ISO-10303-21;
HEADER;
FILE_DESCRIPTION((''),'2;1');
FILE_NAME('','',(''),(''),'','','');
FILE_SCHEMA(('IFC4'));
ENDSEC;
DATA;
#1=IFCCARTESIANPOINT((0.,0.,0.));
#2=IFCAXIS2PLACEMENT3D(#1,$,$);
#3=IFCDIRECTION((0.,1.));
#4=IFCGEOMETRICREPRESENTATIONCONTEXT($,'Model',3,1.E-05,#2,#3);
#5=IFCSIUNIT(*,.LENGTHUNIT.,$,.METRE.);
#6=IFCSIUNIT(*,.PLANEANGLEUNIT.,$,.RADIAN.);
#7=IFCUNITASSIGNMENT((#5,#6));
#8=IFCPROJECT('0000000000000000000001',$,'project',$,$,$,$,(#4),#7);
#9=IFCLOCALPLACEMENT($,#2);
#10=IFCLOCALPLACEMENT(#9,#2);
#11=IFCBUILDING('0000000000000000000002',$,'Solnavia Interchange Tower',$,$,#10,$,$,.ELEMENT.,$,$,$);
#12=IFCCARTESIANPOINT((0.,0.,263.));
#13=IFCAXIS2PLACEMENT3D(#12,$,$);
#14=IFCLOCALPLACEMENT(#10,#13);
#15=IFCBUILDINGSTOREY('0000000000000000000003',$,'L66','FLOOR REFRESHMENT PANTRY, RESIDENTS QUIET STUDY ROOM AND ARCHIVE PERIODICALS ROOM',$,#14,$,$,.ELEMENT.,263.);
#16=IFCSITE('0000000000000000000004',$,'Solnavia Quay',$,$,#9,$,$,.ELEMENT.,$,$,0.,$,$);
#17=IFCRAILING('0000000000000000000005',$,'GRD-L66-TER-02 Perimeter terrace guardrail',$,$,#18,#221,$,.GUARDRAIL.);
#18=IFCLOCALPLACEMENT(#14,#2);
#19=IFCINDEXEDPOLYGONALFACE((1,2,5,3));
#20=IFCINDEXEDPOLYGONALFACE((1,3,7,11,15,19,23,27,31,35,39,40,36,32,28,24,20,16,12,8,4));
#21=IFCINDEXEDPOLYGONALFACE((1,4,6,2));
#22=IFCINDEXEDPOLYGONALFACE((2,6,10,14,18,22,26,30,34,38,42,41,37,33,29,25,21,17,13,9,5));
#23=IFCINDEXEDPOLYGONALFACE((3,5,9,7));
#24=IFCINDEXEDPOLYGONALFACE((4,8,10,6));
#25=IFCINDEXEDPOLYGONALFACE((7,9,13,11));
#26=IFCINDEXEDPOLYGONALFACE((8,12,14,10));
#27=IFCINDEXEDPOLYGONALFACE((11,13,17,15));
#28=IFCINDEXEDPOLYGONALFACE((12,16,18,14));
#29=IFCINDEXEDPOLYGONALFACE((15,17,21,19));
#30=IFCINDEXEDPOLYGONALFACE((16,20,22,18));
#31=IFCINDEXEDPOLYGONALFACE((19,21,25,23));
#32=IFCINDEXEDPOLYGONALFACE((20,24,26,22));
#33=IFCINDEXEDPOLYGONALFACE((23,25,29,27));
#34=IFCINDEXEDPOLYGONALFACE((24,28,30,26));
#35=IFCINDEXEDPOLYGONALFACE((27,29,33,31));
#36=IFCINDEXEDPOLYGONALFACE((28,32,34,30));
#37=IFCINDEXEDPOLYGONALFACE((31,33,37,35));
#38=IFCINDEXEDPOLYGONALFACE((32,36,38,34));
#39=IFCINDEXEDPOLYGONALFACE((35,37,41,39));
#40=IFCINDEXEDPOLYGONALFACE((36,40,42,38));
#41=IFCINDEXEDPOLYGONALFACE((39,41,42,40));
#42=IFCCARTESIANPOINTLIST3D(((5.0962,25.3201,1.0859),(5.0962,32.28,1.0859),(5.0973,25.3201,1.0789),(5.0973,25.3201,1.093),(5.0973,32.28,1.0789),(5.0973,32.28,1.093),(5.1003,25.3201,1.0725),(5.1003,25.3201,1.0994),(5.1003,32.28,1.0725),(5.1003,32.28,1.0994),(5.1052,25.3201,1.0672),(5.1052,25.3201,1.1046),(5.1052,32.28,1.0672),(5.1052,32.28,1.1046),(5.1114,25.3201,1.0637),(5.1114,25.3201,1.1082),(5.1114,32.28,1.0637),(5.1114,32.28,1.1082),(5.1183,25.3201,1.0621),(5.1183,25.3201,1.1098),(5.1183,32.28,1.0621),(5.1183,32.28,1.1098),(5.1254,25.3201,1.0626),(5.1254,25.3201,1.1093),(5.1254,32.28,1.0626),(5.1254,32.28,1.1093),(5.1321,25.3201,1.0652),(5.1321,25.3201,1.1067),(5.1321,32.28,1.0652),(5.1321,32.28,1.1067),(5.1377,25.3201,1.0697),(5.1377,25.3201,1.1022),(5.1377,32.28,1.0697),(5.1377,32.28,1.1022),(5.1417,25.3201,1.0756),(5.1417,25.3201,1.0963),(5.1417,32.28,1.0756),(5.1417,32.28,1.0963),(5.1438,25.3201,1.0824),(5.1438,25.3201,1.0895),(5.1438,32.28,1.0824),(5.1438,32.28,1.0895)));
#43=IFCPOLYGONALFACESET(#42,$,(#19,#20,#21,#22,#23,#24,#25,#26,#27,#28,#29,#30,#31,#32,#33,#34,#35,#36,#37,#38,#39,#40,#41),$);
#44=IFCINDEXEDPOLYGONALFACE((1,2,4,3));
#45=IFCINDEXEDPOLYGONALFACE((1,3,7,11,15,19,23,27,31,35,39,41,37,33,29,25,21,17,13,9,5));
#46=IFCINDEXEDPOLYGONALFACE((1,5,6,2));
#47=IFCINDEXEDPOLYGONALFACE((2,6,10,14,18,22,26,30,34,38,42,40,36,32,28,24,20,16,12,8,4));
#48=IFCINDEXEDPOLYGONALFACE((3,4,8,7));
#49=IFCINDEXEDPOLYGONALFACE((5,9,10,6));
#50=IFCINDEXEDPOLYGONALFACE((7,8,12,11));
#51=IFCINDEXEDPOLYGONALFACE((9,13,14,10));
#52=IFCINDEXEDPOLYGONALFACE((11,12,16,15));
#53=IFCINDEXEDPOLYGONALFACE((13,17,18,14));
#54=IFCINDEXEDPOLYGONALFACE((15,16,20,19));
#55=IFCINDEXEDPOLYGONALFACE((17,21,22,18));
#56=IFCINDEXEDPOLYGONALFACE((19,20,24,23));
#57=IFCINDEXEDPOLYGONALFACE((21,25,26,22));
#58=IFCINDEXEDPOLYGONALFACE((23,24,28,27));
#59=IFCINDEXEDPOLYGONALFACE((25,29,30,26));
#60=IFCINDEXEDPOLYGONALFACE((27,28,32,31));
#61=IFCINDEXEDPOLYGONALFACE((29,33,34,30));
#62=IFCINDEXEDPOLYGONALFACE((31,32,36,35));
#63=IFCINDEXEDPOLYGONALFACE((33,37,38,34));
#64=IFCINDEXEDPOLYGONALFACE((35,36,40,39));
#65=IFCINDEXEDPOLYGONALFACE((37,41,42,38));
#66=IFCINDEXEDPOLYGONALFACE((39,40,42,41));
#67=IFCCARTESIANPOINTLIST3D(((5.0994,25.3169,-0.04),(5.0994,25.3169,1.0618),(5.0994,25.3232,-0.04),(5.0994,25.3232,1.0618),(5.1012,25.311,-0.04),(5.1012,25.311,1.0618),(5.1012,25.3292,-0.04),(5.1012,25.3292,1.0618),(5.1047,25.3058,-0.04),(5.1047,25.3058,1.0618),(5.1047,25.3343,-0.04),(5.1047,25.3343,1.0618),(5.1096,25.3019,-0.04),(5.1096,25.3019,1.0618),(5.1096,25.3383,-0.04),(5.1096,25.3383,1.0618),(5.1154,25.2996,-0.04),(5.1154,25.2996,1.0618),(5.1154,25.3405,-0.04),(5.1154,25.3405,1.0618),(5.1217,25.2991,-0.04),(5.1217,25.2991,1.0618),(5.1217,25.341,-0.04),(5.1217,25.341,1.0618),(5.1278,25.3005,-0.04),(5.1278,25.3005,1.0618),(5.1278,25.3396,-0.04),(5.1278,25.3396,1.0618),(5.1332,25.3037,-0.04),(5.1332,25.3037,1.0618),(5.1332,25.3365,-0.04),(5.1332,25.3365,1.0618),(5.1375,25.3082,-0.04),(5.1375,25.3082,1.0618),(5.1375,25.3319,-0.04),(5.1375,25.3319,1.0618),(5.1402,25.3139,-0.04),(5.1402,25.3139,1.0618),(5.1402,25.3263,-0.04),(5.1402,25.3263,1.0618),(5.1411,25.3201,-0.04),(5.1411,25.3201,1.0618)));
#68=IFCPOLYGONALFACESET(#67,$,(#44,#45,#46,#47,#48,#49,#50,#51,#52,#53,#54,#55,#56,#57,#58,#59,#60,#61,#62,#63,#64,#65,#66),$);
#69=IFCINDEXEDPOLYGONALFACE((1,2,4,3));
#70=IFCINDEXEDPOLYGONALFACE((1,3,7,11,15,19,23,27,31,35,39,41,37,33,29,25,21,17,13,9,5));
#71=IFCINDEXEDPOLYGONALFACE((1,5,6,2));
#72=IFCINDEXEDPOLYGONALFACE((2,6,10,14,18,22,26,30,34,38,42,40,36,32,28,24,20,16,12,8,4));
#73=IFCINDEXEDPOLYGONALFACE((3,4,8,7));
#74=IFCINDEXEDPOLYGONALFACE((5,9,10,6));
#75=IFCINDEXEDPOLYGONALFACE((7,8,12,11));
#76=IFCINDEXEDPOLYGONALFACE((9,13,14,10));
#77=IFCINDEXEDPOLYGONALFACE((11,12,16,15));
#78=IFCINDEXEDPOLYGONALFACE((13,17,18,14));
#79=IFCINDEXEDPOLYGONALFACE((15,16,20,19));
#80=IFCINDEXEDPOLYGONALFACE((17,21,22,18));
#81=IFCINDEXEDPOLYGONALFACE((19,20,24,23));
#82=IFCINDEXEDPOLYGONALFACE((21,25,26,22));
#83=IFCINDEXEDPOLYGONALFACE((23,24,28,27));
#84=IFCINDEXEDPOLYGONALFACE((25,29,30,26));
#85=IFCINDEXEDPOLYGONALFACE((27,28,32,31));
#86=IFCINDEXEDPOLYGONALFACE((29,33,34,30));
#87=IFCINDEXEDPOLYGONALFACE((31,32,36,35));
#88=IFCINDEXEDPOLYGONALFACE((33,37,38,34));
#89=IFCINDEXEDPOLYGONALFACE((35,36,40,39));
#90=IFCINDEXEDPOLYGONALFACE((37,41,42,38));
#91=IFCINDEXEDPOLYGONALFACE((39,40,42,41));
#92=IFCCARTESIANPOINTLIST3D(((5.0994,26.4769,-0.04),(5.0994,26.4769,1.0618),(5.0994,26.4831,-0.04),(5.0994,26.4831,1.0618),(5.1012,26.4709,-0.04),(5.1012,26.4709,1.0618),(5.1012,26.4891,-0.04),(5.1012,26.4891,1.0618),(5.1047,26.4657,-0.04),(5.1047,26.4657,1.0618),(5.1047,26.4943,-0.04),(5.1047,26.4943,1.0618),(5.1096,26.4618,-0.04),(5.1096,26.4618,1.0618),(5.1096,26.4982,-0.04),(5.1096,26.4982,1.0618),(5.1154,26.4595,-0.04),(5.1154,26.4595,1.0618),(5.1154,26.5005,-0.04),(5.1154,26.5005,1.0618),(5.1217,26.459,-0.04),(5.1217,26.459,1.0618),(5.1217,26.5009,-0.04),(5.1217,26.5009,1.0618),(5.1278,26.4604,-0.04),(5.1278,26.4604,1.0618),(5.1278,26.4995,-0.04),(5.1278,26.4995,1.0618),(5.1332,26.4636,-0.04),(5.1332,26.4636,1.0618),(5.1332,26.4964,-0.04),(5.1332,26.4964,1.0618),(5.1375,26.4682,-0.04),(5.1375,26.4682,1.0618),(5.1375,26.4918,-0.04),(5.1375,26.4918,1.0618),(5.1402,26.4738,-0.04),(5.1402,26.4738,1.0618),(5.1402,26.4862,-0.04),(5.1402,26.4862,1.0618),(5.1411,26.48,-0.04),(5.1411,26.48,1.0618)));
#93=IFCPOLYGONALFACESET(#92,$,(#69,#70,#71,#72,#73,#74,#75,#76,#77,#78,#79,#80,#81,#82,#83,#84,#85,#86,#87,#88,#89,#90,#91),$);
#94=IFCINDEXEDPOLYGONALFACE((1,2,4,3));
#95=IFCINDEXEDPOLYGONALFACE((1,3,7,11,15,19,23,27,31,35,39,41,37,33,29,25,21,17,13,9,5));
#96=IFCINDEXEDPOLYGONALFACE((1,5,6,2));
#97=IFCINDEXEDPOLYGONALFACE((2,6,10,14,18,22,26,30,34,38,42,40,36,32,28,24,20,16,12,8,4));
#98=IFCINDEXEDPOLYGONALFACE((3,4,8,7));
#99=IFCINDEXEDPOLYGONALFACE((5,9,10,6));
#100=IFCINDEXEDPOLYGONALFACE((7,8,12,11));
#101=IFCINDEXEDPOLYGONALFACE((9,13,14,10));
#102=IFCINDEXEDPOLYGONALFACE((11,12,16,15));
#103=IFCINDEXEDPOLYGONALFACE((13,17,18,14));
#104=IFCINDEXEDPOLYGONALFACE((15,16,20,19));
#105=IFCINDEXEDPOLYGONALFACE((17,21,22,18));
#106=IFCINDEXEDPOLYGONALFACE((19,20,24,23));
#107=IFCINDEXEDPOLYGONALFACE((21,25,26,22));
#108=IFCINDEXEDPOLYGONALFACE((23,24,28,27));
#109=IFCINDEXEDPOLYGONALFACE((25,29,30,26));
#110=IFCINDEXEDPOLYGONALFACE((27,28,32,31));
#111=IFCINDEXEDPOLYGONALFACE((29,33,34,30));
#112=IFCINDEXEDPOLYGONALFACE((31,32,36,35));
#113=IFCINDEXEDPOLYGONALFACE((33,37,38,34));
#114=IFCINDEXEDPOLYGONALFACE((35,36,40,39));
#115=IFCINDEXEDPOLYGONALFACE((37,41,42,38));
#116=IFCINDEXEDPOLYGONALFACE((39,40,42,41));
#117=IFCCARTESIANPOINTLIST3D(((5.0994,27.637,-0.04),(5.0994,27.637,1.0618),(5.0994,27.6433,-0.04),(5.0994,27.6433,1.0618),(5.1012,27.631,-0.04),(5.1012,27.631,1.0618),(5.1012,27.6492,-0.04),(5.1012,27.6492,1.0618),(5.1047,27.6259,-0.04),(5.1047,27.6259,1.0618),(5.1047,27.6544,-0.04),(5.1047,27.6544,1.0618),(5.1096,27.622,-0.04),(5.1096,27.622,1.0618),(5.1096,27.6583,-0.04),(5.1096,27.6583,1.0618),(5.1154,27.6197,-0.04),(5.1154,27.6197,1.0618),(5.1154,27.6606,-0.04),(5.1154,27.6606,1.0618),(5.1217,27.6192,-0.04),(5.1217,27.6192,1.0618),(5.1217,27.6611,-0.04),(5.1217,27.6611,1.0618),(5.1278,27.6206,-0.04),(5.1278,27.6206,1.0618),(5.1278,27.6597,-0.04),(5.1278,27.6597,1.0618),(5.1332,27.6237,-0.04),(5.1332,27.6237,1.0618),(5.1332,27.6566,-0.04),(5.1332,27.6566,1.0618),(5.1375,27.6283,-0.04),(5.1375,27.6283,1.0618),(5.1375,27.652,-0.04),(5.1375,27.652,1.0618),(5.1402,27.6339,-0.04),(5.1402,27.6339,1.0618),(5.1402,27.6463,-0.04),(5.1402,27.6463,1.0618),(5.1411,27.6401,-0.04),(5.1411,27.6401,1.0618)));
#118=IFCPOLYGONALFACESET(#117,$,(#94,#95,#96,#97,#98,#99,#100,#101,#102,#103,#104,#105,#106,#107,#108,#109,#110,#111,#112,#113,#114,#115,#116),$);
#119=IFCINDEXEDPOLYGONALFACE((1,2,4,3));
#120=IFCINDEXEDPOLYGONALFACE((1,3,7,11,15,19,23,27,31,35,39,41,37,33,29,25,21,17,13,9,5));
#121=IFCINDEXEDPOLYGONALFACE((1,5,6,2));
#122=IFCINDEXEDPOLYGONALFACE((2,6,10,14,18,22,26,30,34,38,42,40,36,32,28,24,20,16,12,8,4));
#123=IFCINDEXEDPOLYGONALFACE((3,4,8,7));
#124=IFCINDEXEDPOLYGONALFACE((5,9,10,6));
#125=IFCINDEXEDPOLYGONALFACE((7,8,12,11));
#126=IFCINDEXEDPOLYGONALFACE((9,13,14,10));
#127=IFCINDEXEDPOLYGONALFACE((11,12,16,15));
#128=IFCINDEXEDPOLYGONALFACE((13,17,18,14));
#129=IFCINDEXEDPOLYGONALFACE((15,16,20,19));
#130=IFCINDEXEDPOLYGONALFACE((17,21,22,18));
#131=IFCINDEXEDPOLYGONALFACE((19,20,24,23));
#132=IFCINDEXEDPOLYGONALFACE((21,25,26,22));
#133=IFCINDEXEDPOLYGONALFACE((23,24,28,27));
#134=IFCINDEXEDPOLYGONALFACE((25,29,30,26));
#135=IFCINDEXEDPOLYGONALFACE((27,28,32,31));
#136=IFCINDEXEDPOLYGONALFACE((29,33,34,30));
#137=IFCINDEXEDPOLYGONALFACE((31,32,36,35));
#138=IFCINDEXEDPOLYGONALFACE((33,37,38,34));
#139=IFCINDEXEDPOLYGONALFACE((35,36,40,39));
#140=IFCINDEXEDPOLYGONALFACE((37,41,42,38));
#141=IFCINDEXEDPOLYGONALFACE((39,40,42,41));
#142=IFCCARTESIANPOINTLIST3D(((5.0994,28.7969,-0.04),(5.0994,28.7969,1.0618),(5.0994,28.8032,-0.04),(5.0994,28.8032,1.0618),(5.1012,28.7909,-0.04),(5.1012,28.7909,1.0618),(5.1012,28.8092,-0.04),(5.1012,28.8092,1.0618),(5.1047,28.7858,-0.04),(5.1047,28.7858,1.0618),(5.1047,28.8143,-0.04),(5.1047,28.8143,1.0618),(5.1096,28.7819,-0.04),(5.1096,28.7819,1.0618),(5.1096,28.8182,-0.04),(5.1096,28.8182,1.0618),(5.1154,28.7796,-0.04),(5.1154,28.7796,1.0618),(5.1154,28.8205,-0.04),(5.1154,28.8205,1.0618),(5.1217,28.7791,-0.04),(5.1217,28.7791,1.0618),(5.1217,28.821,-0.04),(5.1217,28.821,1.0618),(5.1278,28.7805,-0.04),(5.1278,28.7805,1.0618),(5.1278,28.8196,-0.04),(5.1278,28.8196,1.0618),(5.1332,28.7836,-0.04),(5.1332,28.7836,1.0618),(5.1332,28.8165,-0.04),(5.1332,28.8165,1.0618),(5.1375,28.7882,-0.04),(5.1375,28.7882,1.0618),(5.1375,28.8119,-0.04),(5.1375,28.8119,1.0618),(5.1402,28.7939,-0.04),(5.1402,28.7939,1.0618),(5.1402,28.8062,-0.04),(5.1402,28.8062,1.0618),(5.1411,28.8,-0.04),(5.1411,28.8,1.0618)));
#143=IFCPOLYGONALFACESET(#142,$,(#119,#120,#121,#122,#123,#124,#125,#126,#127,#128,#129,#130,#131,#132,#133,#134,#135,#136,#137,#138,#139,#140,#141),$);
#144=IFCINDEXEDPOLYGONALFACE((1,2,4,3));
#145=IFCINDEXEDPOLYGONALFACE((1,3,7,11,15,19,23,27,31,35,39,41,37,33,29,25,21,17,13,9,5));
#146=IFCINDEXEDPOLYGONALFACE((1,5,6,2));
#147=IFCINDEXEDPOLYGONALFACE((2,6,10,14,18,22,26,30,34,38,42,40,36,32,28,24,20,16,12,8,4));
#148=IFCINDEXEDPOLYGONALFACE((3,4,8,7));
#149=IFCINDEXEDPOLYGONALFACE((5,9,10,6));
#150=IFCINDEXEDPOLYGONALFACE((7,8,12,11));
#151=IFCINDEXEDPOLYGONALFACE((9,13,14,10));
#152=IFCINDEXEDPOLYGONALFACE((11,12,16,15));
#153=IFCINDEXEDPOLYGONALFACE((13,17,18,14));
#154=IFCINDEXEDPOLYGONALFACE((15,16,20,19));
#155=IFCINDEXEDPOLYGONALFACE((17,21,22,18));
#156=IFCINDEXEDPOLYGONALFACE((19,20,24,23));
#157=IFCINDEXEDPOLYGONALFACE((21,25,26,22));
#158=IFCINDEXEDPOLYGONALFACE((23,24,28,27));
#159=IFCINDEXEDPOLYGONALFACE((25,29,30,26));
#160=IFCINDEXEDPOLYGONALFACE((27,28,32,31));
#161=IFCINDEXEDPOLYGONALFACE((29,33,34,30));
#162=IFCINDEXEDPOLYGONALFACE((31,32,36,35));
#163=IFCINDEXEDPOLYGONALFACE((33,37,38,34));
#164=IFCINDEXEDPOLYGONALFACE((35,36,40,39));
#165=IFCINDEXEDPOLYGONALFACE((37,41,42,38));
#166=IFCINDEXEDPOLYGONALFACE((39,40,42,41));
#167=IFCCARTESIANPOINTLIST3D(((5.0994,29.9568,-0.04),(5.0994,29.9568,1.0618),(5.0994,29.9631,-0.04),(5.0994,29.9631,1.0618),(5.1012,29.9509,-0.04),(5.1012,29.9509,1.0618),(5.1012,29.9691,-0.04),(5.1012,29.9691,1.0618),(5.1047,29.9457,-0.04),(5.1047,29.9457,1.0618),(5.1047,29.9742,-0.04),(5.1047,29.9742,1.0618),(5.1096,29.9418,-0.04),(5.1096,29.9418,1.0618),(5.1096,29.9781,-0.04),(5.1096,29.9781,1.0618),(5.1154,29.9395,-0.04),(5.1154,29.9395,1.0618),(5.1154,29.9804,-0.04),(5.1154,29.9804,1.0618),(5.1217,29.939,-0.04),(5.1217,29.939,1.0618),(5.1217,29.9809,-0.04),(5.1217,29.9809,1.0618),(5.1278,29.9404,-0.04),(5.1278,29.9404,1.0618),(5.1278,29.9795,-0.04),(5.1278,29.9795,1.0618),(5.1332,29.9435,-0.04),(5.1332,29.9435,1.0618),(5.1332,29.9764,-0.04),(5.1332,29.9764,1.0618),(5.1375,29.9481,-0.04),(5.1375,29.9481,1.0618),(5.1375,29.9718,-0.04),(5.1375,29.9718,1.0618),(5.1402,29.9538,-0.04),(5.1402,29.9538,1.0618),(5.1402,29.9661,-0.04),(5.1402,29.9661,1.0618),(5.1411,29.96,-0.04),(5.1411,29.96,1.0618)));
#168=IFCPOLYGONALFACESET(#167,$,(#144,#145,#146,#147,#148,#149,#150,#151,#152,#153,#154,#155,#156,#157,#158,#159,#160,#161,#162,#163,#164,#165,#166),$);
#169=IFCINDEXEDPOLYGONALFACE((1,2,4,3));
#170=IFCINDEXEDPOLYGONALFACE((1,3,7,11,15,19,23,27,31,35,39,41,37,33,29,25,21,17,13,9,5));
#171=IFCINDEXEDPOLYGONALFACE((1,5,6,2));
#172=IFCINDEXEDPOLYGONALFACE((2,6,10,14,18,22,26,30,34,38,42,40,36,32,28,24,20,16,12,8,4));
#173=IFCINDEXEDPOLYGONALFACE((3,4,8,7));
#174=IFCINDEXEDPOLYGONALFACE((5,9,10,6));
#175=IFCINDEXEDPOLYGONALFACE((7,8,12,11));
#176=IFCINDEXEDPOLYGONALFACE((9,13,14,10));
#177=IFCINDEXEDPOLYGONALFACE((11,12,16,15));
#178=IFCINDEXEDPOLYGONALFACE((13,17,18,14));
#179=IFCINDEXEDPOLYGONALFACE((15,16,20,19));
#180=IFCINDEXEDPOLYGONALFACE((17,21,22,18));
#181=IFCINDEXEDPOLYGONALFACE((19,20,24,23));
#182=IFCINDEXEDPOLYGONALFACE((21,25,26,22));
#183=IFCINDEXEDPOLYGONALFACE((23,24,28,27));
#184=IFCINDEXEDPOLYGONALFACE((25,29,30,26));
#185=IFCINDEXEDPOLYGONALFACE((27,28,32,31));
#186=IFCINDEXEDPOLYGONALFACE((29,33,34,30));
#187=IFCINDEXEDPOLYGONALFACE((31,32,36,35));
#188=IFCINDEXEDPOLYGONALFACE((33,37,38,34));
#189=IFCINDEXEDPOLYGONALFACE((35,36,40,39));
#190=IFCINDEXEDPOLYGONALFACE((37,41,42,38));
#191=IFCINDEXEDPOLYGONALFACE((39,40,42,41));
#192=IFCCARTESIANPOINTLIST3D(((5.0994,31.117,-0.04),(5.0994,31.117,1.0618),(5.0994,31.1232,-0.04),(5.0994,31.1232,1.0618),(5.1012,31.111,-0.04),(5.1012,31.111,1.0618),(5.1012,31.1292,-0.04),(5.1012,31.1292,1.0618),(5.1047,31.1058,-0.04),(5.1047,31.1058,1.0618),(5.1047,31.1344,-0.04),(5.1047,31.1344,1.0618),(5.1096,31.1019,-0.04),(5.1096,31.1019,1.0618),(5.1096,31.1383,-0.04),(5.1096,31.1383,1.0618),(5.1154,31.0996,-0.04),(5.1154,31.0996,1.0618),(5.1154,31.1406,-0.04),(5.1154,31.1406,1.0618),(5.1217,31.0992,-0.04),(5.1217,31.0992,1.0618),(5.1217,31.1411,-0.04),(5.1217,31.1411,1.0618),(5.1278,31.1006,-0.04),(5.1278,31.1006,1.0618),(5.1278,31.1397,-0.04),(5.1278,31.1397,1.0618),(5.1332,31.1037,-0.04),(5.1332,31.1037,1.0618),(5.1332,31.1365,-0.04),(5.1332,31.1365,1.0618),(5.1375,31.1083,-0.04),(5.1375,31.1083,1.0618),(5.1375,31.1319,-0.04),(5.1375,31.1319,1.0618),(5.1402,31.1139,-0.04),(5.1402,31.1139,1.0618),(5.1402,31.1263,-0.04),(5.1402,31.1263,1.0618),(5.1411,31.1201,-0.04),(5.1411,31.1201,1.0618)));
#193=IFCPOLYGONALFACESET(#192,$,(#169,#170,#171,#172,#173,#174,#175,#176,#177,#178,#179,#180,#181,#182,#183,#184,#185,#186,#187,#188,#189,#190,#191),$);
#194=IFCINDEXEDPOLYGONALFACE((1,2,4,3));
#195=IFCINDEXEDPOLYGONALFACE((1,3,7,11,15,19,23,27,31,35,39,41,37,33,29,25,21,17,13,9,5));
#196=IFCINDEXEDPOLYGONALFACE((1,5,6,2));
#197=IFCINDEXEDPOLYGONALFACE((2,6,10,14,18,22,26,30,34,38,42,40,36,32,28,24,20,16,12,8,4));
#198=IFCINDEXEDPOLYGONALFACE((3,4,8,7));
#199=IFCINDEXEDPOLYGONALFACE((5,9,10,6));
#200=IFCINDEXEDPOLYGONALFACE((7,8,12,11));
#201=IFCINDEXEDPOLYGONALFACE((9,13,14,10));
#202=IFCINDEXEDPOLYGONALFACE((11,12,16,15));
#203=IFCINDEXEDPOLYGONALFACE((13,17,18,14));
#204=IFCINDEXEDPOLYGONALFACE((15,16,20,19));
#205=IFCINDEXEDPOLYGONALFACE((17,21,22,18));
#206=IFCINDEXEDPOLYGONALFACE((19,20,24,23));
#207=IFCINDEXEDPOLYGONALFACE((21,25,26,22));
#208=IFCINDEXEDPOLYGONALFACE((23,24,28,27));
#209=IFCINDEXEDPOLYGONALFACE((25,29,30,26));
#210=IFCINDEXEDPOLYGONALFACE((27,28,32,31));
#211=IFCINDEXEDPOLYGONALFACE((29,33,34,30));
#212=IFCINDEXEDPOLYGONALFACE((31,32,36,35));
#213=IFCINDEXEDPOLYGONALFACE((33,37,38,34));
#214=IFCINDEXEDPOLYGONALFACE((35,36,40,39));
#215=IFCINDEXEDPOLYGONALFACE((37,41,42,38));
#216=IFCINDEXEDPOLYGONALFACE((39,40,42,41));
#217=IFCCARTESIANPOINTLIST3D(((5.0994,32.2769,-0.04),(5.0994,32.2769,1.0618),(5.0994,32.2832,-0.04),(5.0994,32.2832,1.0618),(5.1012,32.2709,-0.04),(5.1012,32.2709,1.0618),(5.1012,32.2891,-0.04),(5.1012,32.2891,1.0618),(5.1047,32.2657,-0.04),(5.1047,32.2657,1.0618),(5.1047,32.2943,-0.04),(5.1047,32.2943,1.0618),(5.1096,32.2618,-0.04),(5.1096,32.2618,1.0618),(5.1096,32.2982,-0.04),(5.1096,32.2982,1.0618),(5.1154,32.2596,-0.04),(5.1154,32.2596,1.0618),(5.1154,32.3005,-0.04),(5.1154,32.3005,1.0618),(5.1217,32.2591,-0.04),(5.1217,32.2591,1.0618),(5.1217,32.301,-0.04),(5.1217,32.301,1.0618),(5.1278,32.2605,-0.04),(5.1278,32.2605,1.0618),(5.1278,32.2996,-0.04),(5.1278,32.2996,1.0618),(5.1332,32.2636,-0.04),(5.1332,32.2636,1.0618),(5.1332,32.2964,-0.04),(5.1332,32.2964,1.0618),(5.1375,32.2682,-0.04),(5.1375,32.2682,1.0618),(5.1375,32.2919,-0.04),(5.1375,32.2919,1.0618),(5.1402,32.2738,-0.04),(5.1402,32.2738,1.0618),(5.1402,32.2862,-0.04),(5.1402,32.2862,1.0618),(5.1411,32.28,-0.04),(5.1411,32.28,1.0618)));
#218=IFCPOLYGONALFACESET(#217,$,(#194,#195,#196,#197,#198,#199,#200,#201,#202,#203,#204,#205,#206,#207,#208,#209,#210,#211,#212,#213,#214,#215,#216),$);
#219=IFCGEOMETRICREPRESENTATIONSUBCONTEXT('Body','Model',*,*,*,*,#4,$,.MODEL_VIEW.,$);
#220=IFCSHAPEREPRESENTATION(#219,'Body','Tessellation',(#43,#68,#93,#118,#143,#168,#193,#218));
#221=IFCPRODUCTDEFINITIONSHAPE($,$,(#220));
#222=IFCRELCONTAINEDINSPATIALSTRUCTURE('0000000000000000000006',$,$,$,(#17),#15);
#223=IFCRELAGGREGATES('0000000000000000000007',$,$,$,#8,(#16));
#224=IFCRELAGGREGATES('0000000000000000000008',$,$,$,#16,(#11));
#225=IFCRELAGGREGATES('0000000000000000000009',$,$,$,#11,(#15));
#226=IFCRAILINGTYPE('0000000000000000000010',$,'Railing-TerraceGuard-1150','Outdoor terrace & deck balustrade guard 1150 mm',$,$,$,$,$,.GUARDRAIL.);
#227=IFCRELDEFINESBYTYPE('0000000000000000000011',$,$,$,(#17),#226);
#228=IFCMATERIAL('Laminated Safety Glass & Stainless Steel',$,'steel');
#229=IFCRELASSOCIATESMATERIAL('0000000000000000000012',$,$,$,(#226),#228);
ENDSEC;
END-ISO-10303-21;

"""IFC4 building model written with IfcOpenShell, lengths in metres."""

from ifc_helpers import new_model, si_unit, direction, frame, origin, origin_2d, place, context, subcontext, project, spatial, circle, extrude, material, type_object, element, save


model = new_model("IFC4")

# Units and contexts
model_context = context("Model", 3, precision=1e-05, world=origin(), true_north=direction((0.0, 1.0)))
body_context = subcontext(model_context, "Body", "Model", "MODEL_VIEW")
ifc_project = project(units=[si_unit("LENGTHUNIT", "METRE"), si_unit("PLANEANGLEUNIT", "RADIAN")], contexts=[model_context])

# Site, building, storey
site_placement = place(None, origin())
site = spatial("IfcSite", under=ifc_project, at=site_placement, Name="Solnavia Quay", CompositionType="ELEMENT", RefElevation=0.0)
building_placement = place(site_placement, origin())
building = spatial("IfcBuilding", under=site, at=building_placement, Name="Solnavia Interchange Tower", CompositionType="ELEMENT")
storey_placement = place(building_placement, frame((0.0, 0.0, 263.0)))
storey = spatial("IfcBuildingStorey", under=building, at=storey_placement, Name="L66", Description="FLOOR REFRESHMENT PANTRY, RESIDENTS QUIET STUDY ROOM AND ARCHIVE PERIODICALS ROOM", CompositionType="ELEMENT", Elevation=263.0)

# Railing
ifc_material_1 = material(Name="Laminated Safety Glass & Stainless Steel", Category="steel")
railing_type = type_object("IfcRailingType", Name="Railing-TerraceGuard-1150", Description="Outdoor terrace & deck balustrade guard 1150 mm", PredefinedType="GUARDRAIL", material=ifc_material_1)
railing_1_placement = place(storey_placement, frame((5.1201, 25.3201, -0.04)))
element("IfcRailing", 1, at=railing_1_placement, inside=storey, type_object=railing_type, Name="GRD-L66-TER-02 Perimeter terrace guardrail", PredefinedType="GUARDRAIL", context=body_context, shape_type="SweptSolid", body=[
    extrude(circle(Radius=0.0239, at=origin_2d()), frame((0.0, 0.0, 1.126), z_axis=(0.0, 1.0, 0.0), x_axis=(-1.0, 0.0, 0.0)), (0.0, 0.0, 1.0), 6.96),
    extrude(circle(Radius=0.021, at=origin_2d()), origin(), (0.0, 0.0, 1.0), 1.1018),
    extrude(circle(Radius=0.021, at=origin_2d()), frame((0.0, 1.1599, 0.0)), (0.0, 0.0, 1.0), 1.1018),
    extrude(circle(Radius=0.021, at=origin_2d()), frame((0.0, 2.3201, 0.0)), (0.0, 0.0, 1.0), 1.1018),
    extrude(circle(Radius=0.021, at=origin_2d()), frame((0.0, 3.48, 0.0)), (0.0, 0.0, 1.0), 1.1018),
    extrude(circle(Radius=0.021, at=origin_2d()), frame((0.0, 4.6399, 0.0)), (0.0, 0.0, 1.0), 1.1018),
    extrude(circle(Radius=0.021, at=origin_2d()), frame((0.0, 5.8, 0.0)), (0.0, 0.0, 1.0), 1.1018),
    extrude(circle(Radius=0.021, at=origin_2d()), frame((0.0, 6.96, 0.0)), (0.0, 0.0, 1.0), 1.1018),
])

save(model, "model.ifc")
